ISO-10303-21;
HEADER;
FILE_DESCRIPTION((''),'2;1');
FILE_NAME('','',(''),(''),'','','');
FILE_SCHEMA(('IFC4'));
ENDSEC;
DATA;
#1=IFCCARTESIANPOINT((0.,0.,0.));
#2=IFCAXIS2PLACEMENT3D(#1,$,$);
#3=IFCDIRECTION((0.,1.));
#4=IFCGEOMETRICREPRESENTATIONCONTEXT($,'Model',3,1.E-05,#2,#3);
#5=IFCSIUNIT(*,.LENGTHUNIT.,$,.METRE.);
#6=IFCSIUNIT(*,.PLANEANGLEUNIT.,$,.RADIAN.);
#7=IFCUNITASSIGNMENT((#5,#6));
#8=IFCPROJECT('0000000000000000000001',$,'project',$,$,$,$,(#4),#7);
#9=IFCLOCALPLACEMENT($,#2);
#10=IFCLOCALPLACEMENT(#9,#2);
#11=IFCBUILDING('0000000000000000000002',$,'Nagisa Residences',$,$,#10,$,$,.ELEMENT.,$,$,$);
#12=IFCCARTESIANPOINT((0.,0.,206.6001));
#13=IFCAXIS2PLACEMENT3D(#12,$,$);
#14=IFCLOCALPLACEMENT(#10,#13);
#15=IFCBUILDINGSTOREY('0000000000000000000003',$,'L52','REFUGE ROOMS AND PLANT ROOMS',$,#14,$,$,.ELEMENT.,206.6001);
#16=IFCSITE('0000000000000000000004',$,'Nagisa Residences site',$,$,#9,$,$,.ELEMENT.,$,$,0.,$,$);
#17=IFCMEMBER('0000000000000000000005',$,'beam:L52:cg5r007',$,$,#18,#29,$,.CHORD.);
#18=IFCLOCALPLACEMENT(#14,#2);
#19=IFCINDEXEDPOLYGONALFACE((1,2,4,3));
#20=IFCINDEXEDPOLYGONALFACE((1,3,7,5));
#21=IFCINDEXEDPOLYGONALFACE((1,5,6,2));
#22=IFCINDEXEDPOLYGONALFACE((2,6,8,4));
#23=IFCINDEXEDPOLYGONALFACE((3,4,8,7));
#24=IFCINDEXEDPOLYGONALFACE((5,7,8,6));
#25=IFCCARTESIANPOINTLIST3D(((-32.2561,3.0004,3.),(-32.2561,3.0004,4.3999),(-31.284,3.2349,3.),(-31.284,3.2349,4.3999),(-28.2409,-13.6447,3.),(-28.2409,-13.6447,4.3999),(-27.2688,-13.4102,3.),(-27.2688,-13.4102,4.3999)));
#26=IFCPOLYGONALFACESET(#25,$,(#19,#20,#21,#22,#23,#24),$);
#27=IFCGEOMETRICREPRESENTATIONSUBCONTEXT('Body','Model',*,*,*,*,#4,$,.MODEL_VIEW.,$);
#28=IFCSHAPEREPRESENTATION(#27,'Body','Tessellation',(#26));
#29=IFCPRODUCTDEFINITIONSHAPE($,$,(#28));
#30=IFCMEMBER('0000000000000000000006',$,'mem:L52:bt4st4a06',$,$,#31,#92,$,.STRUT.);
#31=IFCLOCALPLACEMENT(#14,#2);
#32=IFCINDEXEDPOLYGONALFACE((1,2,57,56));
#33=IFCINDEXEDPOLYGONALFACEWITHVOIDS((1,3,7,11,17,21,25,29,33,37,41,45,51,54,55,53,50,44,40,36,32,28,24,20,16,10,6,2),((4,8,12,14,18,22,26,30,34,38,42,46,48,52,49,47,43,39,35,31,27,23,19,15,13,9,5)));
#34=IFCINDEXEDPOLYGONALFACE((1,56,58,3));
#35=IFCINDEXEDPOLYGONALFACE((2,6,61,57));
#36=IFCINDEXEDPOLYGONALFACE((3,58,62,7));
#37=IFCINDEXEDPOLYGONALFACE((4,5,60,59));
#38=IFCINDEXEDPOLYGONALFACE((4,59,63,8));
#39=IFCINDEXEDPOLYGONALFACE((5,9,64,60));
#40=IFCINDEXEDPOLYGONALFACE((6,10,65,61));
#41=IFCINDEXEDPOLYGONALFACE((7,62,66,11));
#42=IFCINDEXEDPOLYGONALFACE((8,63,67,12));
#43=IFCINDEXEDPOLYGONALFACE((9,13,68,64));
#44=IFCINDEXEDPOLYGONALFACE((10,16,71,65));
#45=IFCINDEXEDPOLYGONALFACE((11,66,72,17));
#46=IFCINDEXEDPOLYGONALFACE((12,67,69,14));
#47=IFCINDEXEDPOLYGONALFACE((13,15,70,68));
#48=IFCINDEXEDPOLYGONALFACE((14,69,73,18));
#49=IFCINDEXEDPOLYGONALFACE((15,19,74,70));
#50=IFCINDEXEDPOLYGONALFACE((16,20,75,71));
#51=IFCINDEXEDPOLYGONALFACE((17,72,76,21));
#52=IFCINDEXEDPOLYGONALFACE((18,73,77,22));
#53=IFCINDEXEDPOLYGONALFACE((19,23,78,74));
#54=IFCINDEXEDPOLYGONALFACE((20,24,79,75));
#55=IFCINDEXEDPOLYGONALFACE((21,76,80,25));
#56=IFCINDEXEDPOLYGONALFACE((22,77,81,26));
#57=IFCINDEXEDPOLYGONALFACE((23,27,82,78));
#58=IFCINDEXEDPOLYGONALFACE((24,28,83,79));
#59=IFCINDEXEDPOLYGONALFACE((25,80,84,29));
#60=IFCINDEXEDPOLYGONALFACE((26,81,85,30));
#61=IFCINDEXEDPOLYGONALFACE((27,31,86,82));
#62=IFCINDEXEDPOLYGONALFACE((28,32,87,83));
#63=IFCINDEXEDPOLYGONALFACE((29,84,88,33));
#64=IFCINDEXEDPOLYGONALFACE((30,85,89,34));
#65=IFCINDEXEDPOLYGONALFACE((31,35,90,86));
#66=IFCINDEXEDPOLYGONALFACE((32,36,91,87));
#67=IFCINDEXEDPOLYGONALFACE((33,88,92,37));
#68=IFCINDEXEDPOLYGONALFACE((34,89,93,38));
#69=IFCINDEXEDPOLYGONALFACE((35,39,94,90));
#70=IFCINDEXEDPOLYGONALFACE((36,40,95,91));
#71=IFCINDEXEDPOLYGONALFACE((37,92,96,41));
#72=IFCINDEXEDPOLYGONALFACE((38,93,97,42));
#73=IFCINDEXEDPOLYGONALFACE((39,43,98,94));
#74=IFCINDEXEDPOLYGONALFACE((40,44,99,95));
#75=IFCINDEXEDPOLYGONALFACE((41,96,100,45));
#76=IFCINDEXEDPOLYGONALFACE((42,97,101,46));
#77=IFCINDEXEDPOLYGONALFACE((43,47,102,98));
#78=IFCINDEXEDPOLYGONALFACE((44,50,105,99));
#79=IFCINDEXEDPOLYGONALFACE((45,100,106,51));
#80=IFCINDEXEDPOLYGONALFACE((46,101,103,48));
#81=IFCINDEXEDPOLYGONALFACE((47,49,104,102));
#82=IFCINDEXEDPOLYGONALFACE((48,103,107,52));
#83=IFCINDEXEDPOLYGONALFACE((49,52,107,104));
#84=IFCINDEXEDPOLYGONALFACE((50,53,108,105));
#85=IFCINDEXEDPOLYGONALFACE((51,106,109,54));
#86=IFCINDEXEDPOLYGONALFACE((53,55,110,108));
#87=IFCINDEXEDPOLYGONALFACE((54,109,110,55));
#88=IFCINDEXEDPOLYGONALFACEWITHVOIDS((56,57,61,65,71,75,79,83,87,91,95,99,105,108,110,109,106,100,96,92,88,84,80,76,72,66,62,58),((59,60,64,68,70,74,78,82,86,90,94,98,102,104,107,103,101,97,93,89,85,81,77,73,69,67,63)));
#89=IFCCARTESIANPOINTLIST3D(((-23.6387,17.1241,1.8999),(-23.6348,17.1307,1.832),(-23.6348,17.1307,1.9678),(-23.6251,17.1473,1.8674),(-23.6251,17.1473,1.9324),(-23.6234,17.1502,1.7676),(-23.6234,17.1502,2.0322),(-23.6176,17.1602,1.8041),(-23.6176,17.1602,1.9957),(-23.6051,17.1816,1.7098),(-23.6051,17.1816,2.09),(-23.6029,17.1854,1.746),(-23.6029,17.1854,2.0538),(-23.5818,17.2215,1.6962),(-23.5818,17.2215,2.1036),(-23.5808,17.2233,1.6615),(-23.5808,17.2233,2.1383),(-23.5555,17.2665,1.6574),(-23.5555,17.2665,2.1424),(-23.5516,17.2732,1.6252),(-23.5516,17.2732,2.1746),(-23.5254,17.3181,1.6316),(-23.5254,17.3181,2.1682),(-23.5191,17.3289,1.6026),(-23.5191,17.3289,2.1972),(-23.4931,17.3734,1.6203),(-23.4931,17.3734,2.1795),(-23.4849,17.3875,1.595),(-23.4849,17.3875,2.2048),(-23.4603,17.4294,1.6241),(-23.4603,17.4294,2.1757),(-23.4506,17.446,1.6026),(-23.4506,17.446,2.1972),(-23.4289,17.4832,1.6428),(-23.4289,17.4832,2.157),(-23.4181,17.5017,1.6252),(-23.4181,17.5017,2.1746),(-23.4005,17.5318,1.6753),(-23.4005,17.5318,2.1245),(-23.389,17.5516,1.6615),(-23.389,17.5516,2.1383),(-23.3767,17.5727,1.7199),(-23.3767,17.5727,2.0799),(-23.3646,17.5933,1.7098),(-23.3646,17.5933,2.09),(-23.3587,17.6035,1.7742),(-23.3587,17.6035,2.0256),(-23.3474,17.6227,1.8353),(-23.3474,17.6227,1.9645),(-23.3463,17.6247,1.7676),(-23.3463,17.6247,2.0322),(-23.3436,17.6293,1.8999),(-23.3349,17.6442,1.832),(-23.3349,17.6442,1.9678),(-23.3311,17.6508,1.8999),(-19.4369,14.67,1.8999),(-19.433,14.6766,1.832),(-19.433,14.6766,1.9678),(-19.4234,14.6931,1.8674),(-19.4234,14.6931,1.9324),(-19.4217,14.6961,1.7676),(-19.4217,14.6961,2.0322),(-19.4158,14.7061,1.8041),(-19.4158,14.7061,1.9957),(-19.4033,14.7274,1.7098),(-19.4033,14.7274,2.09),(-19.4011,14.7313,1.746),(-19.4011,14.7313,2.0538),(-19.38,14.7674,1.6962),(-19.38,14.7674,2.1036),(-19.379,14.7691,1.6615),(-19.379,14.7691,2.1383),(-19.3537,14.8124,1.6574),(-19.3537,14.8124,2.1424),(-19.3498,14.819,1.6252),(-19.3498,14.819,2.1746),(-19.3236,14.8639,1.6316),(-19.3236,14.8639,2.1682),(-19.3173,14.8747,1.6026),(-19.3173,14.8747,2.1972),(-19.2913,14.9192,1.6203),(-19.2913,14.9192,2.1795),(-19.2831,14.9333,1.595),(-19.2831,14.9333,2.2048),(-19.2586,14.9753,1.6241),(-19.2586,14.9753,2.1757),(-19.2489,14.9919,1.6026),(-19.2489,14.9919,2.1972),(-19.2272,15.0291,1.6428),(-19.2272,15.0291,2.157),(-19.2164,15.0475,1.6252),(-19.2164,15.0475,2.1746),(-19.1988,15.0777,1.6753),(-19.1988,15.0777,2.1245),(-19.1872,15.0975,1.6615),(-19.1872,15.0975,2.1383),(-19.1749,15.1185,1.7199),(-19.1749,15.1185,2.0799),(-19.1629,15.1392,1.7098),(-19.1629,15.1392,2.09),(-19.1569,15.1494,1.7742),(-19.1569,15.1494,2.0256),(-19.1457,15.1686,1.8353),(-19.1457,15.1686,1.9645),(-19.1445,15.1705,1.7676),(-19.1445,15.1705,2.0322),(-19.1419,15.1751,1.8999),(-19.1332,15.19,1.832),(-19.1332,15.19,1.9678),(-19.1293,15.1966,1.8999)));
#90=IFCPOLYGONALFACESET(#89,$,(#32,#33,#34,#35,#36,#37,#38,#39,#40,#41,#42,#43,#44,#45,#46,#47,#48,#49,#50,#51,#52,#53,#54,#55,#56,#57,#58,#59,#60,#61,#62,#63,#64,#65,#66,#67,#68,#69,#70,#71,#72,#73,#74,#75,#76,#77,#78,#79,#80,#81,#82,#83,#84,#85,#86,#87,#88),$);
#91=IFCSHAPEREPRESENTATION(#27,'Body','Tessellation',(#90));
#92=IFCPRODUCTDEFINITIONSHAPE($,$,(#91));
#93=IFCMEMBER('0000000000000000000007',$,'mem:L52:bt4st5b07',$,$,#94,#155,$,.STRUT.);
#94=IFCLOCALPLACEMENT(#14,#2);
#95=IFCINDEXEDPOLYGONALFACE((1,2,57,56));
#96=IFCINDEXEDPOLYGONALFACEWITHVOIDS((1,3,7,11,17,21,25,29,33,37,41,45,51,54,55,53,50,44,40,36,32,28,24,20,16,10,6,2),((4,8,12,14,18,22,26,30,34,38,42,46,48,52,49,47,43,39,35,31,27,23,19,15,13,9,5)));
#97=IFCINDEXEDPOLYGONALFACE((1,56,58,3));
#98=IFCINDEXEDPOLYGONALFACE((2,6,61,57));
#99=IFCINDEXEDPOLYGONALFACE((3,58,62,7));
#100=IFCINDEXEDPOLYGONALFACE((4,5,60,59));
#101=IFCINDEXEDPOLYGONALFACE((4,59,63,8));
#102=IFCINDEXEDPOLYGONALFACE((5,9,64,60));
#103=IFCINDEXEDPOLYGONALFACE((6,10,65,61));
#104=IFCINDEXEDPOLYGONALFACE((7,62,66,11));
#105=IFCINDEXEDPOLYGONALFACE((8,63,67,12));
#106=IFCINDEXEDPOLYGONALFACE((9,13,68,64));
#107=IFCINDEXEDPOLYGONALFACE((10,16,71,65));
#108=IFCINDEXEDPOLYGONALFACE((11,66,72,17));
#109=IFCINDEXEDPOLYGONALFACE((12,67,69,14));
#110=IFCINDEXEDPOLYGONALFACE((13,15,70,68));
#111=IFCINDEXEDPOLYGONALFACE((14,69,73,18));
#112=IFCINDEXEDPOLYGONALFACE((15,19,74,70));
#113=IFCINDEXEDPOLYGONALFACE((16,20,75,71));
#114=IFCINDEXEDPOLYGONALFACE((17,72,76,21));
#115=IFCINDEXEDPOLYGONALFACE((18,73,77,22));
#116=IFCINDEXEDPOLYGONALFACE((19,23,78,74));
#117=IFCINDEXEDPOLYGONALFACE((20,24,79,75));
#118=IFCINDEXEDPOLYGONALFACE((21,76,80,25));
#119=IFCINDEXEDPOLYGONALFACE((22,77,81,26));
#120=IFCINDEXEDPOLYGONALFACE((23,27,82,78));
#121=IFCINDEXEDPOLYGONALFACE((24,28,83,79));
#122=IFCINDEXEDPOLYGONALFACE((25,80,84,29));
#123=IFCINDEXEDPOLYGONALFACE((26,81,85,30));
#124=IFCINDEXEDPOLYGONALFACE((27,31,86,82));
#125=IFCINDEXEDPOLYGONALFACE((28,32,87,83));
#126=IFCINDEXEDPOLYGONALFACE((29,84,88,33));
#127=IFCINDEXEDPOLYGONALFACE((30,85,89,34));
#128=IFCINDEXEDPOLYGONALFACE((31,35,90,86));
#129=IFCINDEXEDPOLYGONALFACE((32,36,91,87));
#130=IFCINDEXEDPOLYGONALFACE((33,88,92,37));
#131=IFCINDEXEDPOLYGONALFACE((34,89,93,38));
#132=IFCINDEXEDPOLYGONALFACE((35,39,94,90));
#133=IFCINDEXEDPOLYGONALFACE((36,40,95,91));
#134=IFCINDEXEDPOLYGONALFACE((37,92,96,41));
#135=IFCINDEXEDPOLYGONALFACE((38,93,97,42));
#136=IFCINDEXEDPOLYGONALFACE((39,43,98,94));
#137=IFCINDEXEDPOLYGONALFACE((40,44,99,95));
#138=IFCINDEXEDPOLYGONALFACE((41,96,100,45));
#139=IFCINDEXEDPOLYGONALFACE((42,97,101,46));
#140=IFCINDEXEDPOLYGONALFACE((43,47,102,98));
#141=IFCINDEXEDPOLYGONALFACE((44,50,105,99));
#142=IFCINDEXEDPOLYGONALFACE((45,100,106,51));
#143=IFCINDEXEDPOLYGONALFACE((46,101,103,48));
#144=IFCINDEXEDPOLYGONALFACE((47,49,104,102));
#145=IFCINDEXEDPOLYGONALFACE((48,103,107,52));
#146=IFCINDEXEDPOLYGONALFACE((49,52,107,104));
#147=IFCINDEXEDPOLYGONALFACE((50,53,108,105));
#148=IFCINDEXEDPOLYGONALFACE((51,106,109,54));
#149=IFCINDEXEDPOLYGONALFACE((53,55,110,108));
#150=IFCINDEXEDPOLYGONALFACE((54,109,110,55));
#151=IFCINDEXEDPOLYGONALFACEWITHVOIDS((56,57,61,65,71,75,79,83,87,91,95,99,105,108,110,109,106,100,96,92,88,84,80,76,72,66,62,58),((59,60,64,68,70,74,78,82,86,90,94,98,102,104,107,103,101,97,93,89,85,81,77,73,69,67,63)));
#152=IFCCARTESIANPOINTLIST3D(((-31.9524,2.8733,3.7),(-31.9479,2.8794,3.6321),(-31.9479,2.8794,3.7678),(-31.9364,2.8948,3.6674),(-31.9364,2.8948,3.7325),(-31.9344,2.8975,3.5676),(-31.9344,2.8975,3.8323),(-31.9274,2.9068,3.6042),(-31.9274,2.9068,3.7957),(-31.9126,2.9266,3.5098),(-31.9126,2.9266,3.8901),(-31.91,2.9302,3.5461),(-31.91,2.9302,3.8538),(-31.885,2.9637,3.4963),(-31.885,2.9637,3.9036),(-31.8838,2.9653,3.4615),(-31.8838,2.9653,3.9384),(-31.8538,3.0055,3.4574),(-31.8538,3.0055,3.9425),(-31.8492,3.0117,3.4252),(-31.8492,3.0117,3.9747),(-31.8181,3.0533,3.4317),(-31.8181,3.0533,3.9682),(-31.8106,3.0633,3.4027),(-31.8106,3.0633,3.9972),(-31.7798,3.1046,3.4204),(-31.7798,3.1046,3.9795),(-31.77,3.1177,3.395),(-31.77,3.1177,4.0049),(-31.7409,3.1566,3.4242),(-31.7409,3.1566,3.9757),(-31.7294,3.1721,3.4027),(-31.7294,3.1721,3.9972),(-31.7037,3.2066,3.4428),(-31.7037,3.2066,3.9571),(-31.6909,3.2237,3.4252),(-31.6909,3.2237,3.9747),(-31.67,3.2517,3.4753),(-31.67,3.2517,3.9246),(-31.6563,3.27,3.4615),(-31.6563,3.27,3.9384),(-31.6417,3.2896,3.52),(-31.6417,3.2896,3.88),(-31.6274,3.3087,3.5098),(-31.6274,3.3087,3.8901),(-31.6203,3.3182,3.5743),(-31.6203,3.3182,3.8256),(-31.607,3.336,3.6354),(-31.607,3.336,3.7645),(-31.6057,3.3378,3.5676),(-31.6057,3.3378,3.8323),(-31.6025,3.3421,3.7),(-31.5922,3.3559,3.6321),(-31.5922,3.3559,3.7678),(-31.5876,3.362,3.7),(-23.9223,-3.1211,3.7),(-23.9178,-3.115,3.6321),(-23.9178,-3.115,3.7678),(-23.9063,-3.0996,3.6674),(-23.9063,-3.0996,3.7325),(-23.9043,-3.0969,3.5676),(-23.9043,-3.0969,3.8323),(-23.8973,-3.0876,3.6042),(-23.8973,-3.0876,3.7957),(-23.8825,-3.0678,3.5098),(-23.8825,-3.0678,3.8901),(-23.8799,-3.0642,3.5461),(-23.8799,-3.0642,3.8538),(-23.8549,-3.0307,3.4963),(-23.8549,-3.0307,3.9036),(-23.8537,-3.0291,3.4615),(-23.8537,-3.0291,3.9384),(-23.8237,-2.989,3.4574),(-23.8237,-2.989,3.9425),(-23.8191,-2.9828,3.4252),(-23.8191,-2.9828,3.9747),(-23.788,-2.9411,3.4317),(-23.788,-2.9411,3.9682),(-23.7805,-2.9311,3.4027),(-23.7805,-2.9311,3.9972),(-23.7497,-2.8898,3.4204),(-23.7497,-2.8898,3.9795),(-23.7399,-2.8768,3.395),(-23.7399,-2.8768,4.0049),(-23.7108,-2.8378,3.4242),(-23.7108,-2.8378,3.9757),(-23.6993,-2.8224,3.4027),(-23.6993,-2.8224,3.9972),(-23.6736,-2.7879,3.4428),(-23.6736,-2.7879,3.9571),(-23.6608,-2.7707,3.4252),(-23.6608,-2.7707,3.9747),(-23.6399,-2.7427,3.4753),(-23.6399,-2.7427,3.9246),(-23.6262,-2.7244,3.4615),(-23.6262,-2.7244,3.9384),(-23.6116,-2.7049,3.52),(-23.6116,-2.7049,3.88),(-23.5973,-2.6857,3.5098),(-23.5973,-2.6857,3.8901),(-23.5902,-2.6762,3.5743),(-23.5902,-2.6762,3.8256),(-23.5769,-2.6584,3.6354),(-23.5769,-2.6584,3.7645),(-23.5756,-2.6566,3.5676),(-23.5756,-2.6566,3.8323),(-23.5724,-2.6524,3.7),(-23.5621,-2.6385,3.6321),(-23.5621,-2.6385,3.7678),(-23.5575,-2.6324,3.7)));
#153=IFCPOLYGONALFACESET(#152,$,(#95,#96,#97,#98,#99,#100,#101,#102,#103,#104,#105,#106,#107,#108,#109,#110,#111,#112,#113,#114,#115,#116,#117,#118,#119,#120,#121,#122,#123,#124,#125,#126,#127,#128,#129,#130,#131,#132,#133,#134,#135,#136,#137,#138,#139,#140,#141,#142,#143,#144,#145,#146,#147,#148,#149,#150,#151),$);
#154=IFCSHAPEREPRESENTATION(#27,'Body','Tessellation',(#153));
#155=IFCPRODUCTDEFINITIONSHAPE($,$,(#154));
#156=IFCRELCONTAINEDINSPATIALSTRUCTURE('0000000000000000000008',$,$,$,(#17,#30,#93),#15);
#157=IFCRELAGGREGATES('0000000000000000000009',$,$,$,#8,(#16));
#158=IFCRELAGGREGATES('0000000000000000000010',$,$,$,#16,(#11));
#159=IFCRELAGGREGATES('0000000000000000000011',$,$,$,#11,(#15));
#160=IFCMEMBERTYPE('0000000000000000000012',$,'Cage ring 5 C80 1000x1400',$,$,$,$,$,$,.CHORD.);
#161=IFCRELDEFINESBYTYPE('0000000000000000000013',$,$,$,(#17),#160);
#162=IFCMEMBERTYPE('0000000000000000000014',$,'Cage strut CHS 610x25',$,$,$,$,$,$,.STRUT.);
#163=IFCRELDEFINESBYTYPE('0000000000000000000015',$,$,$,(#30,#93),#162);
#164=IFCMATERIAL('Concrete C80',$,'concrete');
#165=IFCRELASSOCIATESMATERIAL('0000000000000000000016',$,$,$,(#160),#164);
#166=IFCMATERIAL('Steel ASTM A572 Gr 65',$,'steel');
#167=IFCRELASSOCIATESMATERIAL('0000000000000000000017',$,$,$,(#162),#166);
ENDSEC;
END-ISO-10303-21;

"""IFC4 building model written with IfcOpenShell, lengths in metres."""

from ifc_helpers import new_model, si_unit, direction, frame, origin, origin_2d, place, context, subcontext, project, spatial, rectangle, hollow_circle, extrude, material, material_profile, profile_set, type_object, element, save


model = new_model("IFC4")

# Units and contexts
model_context = context("Model", 3, precision=1e-05, world=origin(), true_north=direction((0.0, 1.0)))
body_context = subcontext(model_context, "Body", "Model", "MODEL_VIEW")
ifc_project = project(units=[si_unit("LENGTHUNIT", "METRE"), si_unit("PLANEANGLEUNIT", "RADIAN")], contexts=[model_context])

# Site, building, storey
site_placement = place(None, origin())
site = spatial("IfcSite", under=ifc_project, at=site_placement, Name="Nagisa Residences site", CompositionType="ELEMENT", RefElevation=0.0)
building_placement = place(site_placement, origin())
building = spatial("IfcBuilding", under=site, at=building_placement, Name="Nagisa Residences", CompositionType="ELEMENT")
storey_placement = place(building_placement, frame((0.0, 0.0, 206.6001)))
storey = spatial("IfcBuildingStorey", under=building, at=storey_placement, Name="L52", Description="REFUGE ROOMS AND PLANT ROOMS", CompositionType="ELEMENT", Elevation=206.6001)

# Members
ifc_material_1 = material(Name="Concrete C80", Category="concrete")
ifc_material_profile_1 = material_profile(ifc_material_1, rectangle(XDim=1.0, YDim=1.3999, at=origin_2d()), Name="C80 1000x1400")
ifc_profile_set_1 = profile_set([ifc_material_profile_1], Name="Concrete C80")
member_type_1 = type_object("IfcMemberType", Name="Cage ring 5 C80 1000x1400", PredefinedType="CHORD", material=ifc_profile_set_1)
member_1_placement = place(storey_placement, frame((-31.77, 3.1177, 3.7), z_axis=(0.234496, -0.972117, 0.0), x_axis=(0.972117, 0.234496, 0.0)))
element("IfcMember", 1, at=member_1_placement, inside=storey, type_object=member_type_1, Name="beam:L52:cg5r007", PredefinedType="CHORD", context=body_context, shape_type="SweptSolid", body=[
    extrude(rectangle(XDim=1.0, YDim=1.3999, at=origin_2d()), origin(), (0.0, 0.0, 1.0), 17.1226),
])
ifc_material_2 = material(Name="Steel ASTM A572 Gr 65", Category="steel")
ifc_material_profile_2 = material_profile(ifc_material_2, hollow_circle(Radius=0.3049, WallThickness=0.0249, at=origin_2d()), Name="CHS 610x25")
ifc_profile_set_2 = profile_set([ifc_material_profile_2], Name="Steel ASTM A572 Gr 65")
member_type_2 = type_object("IfcMemberType", Name="Cage strut CHS 610x25", PredefinedType="STRUT", material=ifc_profile_set_2)
member_2_placement = place(storey_placement, frame((-23.4849, 17.3875, 1.8999), z_axis=(0.863499, -0.504351, 0.0), x_axis=(0.504351, 0.863499, 0.0)))
element("IfcMember", 2, at=member_2_placement, inside=storey, type_object=member_type_2, Name="mem:L52:bt4st4a06", PredefinedType="STRUT", context=body_context, shape_type="SweptSolid", body=[
    extrude(hollow_circle(Radius=0.3049, WallThickness=0.0249, at=origin_2d()), origin(), (0.0, 0.0, 1.0), 4.866),
])
member_3_placement = place(storey_placement, frame((-31.77, 3.1177, 3.7), z_axis=(0.801346, -0.598201, 0.0), x_axis=(0.598201, 0.801346, 0.0)))
element("IfcMember", 3, at=member_3_placement, inside=storey, type_object=member_type_2, Name="mem:L52:bt4st5b07", PredefinedType="STRUT", context=body_context, shape_type="SweptSolid", body=[
    extrude(hollow_circle(Radius=0.3049, WallThickness=0.0249, at=origin_2d()), origin(), (0.0, 0.0, 1.0), 10.0208),
])

save(model, "model.ifc")
